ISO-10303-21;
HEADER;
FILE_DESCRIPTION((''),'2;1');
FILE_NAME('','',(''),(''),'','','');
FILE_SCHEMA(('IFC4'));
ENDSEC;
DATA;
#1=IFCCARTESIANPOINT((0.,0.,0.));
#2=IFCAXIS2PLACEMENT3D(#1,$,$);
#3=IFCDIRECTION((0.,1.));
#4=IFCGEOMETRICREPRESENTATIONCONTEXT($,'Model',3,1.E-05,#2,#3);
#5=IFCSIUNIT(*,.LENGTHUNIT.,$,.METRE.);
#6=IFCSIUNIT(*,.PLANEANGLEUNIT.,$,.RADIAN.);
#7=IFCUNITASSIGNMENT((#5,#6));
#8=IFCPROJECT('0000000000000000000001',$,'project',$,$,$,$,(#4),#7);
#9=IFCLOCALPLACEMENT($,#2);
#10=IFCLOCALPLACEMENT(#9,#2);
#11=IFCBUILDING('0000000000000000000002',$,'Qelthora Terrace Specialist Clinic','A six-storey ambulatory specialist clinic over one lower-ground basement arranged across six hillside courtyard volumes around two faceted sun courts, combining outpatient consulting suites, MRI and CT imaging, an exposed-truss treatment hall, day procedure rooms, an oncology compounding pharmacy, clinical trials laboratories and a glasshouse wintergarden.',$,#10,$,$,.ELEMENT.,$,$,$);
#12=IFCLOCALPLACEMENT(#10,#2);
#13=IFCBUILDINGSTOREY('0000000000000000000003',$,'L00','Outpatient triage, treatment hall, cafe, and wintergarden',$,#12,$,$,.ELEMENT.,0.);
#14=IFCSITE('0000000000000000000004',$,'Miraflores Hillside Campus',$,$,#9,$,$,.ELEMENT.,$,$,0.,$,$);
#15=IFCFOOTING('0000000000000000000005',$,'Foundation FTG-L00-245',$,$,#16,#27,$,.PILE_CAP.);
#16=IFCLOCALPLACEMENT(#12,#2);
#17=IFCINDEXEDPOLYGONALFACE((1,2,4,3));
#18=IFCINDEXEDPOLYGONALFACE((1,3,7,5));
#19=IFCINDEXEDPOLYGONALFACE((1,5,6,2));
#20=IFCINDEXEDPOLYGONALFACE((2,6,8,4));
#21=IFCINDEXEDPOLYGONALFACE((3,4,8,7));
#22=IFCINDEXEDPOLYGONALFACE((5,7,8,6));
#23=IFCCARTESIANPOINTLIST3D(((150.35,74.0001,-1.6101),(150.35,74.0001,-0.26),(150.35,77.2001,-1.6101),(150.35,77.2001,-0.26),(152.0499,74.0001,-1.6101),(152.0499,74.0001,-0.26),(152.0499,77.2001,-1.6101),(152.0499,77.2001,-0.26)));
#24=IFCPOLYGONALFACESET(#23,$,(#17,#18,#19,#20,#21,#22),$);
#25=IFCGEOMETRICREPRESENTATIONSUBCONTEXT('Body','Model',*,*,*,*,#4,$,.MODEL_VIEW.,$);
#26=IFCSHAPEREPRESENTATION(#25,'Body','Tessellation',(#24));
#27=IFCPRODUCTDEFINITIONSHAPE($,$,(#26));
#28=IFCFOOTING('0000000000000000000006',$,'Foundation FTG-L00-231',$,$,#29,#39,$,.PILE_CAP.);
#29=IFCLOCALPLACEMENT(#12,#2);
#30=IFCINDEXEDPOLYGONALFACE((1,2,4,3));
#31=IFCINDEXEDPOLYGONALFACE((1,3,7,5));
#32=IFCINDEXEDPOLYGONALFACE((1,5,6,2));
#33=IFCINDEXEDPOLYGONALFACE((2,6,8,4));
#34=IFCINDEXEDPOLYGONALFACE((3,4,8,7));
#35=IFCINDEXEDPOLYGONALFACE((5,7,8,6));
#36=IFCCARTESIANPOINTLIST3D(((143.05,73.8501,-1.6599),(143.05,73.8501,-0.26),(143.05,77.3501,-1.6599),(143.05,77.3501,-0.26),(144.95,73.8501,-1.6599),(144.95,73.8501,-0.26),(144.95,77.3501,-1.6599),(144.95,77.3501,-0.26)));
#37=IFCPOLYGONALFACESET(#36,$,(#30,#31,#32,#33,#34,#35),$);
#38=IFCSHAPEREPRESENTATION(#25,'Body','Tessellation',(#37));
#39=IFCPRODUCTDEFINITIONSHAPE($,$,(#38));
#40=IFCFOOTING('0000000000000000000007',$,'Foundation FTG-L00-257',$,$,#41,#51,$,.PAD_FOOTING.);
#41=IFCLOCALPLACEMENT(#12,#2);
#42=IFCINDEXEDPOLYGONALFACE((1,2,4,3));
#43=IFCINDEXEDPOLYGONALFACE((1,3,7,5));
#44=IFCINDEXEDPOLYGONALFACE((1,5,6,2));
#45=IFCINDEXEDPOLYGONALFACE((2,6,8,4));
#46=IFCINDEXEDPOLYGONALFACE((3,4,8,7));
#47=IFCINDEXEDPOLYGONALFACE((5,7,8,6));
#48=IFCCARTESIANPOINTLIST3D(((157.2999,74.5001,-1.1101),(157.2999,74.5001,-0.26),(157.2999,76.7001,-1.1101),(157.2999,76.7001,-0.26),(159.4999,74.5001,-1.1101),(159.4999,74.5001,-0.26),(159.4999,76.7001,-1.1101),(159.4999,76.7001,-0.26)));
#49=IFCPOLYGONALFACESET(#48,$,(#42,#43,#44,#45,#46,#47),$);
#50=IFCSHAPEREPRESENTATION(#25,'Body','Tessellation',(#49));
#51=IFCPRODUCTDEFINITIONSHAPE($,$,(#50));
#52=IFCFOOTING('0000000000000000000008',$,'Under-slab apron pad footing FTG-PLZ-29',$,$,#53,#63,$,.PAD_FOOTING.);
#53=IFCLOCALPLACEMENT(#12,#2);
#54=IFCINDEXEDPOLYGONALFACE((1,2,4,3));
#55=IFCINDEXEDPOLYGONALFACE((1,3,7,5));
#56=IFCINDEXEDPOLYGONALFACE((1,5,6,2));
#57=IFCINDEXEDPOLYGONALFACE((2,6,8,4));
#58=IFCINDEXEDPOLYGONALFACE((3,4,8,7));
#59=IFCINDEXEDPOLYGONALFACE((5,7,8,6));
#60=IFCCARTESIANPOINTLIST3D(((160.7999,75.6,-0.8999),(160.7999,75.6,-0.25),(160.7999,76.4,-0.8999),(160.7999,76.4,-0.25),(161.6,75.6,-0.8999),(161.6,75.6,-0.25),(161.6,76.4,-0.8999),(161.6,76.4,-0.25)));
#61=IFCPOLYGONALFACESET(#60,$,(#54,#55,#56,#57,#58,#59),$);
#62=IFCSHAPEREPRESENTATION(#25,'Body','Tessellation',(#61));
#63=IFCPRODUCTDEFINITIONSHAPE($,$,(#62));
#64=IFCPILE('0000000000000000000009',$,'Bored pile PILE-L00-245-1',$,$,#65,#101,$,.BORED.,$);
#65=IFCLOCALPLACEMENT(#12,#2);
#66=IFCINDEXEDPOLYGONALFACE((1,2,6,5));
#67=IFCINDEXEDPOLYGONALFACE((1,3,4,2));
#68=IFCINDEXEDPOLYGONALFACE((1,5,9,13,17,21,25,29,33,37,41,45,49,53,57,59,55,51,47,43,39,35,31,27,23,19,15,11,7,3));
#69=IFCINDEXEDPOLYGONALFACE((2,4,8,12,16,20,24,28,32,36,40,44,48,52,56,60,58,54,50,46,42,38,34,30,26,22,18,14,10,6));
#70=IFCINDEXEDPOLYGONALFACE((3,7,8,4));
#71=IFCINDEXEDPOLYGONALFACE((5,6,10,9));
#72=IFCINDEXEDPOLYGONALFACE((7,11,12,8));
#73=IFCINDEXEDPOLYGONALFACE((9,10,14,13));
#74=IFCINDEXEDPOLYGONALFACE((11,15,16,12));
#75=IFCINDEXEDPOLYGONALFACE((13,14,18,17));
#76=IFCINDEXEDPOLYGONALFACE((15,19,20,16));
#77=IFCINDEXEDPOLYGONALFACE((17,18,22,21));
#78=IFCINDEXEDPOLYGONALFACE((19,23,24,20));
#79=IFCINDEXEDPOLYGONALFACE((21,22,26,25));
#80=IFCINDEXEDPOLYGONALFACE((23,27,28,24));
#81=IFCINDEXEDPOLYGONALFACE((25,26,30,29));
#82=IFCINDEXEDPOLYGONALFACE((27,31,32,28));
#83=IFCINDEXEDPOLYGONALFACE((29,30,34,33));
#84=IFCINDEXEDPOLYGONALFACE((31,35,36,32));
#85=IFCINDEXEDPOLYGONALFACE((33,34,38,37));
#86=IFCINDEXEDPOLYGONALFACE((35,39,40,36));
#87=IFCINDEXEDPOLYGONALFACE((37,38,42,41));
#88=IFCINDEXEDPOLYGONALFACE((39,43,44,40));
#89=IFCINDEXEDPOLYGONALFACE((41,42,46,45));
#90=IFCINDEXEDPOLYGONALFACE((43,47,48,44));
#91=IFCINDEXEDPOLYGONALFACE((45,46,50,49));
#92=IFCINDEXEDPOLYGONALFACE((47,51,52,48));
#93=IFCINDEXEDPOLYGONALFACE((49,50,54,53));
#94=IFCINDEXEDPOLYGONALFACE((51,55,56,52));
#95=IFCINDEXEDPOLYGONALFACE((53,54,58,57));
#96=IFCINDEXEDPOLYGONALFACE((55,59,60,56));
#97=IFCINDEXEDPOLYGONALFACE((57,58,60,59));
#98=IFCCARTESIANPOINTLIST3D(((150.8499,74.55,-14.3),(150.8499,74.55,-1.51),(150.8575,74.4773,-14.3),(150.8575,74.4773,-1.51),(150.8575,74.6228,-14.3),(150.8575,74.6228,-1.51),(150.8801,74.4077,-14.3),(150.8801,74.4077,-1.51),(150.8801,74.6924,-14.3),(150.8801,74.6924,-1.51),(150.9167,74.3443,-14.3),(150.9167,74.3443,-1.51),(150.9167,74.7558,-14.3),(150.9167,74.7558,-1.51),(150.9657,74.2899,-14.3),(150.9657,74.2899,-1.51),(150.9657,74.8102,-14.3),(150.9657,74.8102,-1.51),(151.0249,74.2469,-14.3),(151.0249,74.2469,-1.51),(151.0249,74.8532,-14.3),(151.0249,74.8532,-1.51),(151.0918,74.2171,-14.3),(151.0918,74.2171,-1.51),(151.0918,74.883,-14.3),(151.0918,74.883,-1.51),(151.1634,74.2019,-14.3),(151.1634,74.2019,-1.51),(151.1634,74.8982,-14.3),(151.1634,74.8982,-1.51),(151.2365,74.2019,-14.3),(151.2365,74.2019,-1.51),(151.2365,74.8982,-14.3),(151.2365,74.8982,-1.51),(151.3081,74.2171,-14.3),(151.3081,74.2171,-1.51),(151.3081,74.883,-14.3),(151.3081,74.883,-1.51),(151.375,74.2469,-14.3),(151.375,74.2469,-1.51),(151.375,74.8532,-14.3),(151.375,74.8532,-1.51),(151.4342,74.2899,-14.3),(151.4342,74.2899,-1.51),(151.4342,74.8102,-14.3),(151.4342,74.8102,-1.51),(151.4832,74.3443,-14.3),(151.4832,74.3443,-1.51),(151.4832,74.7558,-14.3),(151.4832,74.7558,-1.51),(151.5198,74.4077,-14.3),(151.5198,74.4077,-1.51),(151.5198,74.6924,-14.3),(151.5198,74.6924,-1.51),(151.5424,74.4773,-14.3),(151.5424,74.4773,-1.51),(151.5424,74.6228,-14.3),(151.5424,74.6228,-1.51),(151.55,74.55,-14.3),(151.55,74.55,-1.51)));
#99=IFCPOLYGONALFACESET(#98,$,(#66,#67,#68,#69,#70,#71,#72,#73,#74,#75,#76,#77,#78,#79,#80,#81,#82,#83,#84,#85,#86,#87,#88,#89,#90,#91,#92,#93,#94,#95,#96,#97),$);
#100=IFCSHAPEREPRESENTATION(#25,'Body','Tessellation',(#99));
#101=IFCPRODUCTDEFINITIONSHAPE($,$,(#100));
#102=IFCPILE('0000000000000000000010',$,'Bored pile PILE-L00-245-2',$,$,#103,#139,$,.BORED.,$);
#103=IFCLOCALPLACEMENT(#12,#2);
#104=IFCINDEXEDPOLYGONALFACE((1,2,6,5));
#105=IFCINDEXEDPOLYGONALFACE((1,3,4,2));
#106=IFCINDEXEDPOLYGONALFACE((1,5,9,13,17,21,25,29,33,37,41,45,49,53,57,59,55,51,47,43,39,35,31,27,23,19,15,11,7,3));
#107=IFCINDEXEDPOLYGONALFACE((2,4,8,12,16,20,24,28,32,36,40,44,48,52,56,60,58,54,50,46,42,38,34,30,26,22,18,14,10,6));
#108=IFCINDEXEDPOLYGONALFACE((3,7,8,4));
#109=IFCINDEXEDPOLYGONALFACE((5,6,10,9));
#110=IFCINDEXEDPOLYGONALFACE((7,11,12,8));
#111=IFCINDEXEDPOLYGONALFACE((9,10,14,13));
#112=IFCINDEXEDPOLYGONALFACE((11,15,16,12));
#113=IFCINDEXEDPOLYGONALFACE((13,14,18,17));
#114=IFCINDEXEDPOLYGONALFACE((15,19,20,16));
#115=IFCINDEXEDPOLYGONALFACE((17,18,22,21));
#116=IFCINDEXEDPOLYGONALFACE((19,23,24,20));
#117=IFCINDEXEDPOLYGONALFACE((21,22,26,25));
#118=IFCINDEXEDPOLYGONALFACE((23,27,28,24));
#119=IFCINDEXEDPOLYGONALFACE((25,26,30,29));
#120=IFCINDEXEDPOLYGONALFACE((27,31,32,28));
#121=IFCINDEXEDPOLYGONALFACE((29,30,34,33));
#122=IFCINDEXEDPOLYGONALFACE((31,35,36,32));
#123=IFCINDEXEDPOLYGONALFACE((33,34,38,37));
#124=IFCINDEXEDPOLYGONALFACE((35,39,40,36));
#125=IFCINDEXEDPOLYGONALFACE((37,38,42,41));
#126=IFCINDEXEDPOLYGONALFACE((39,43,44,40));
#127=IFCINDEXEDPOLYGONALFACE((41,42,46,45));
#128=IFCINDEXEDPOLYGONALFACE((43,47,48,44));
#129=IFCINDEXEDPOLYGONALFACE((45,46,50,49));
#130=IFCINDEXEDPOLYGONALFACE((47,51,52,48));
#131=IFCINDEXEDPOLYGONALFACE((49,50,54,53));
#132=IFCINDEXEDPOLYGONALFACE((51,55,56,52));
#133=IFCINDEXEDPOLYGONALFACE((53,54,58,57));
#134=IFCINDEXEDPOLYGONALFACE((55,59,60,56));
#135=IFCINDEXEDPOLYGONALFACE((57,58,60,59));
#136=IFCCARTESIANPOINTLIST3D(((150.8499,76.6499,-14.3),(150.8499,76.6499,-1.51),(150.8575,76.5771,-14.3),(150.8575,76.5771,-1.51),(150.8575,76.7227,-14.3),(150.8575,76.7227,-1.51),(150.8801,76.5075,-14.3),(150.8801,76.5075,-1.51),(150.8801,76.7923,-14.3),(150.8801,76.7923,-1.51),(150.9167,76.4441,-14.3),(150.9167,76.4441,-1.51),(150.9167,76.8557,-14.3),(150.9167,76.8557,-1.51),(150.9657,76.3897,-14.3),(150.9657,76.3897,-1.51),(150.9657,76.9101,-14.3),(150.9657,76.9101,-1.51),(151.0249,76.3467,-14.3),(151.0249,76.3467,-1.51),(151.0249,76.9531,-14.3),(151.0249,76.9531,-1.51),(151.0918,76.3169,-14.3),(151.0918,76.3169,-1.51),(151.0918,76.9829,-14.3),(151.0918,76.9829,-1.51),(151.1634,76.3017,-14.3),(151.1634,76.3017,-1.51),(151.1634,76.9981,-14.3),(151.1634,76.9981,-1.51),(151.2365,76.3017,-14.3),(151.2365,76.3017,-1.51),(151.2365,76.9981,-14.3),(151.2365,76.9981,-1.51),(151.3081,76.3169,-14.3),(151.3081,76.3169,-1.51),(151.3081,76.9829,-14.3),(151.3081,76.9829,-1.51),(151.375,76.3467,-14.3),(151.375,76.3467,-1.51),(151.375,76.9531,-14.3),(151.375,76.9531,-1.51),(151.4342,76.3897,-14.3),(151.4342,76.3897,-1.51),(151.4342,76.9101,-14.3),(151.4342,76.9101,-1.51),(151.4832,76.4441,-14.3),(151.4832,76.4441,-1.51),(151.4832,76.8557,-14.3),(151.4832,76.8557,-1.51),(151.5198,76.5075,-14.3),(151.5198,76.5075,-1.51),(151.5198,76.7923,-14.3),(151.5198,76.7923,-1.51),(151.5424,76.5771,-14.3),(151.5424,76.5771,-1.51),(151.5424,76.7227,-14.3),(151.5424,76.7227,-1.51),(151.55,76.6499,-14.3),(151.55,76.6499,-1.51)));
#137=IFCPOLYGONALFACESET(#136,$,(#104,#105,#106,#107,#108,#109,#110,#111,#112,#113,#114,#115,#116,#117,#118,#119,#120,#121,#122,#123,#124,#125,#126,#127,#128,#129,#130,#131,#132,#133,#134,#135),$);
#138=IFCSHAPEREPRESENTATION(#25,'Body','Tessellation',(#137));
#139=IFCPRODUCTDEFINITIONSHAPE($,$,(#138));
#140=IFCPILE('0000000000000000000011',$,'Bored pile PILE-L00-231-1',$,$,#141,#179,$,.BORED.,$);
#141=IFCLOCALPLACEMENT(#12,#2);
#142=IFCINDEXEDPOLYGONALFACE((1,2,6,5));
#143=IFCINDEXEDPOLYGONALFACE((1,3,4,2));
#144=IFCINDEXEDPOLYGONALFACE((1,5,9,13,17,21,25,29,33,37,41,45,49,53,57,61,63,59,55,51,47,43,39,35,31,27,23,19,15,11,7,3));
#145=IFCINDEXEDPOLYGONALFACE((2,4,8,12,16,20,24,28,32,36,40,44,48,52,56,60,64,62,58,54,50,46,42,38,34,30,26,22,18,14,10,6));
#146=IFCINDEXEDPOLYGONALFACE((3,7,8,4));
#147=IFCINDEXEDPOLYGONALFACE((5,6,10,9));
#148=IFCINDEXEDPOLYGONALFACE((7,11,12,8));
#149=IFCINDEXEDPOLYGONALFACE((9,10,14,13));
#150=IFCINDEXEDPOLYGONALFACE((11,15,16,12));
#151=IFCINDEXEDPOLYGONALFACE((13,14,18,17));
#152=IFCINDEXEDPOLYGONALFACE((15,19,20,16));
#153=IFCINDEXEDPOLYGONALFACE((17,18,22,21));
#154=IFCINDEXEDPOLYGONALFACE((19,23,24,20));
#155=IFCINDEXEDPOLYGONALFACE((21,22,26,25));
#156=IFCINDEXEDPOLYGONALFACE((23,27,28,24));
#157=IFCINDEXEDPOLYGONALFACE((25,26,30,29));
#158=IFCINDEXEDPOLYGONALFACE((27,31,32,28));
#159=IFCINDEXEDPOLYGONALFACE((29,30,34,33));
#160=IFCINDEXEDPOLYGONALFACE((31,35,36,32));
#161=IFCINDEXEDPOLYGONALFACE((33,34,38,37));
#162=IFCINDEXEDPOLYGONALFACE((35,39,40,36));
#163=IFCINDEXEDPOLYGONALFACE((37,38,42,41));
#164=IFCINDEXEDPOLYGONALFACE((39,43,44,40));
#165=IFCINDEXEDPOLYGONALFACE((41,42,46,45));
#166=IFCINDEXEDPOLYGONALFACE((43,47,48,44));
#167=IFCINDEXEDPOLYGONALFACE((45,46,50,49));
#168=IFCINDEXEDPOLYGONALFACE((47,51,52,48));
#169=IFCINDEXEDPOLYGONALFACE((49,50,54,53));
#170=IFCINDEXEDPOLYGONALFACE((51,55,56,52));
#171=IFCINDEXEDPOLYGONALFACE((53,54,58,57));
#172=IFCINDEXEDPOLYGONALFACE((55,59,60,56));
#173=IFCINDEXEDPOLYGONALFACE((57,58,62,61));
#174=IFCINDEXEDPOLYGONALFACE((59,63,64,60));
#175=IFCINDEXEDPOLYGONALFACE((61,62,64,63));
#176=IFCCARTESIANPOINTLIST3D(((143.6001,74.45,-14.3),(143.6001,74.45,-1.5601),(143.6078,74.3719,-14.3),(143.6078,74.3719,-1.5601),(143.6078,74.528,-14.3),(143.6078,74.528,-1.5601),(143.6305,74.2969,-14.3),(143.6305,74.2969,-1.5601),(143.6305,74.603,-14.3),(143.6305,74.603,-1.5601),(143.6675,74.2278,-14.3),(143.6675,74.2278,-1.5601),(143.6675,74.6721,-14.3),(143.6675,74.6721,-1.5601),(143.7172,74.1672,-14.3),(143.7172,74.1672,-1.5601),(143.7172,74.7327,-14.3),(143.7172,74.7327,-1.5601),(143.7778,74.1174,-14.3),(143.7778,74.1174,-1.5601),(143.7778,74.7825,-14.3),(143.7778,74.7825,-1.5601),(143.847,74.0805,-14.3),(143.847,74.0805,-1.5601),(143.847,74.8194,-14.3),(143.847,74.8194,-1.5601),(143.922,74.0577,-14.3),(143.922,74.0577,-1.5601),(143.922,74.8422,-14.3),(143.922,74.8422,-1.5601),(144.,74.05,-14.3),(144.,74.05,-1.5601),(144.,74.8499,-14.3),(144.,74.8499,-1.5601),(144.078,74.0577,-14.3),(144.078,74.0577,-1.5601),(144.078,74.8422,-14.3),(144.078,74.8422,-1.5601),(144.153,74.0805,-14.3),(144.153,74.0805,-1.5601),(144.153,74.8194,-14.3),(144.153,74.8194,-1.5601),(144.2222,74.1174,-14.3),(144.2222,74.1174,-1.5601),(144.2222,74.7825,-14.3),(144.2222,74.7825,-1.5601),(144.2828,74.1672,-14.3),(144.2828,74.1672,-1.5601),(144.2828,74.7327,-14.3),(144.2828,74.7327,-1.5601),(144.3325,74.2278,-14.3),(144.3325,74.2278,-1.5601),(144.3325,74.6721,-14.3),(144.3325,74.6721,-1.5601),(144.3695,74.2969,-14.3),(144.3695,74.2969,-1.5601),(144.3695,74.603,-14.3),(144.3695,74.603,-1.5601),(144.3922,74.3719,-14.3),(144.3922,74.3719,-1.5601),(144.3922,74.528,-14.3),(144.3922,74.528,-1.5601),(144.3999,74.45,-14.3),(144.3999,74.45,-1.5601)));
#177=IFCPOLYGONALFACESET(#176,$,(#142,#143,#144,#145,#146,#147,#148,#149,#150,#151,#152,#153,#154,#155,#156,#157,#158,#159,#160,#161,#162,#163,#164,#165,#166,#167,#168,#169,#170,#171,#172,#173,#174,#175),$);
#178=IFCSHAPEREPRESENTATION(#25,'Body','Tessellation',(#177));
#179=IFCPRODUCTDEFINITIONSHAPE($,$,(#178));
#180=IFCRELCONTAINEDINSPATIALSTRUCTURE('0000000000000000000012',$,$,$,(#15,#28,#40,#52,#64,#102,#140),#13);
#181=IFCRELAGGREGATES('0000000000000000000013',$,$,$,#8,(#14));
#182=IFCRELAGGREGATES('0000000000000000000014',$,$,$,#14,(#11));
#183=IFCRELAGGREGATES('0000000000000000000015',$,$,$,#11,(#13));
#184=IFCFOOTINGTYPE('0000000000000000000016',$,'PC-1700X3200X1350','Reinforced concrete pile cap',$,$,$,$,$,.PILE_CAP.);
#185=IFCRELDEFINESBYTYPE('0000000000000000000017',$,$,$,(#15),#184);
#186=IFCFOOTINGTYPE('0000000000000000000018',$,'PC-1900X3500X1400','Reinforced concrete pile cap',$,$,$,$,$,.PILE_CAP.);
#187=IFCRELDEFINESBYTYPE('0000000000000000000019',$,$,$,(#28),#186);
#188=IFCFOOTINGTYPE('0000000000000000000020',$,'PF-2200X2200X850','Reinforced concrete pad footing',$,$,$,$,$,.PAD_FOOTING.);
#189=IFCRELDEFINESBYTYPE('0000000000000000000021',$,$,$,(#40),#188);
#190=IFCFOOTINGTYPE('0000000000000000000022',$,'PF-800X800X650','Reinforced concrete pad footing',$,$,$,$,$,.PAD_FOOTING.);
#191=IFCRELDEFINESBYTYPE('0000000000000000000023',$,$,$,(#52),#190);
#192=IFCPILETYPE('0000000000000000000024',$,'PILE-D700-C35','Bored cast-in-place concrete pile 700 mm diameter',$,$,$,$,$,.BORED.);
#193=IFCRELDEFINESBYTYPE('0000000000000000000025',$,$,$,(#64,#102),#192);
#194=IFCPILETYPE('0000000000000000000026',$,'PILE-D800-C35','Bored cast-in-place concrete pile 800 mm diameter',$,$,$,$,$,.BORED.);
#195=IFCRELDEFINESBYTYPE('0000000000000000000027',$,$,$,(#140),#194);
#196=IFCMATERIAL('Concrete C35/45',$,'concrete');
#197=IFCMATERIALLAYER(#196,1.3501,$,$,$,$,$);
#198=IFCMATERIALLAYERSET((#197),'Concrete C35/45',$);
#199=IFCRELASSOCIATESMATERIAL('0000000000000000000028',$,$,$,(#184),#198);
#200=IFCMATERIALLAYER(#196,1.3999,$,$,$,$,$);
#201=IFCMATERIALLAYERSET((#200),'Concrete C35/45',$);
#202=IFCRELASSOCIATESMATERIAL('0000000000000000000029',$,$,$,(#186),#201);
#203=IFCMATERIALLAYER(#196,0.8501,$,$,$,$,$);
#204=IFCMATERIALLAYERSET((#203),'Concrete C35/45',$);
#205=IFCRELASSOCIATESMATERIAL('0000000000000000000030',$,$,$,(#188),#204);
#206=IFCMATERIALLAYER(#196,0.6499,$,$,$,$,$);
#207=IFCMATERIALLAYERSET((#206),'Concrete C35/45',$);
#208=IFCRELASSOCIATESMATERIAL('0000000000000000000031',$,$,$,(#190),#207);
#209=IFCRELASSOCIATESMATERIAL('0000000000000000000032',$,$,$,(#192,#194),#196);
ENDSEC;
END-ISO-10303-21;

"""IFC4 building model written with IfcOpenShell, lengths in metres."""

from ifc_helpers import new_model, si_unit, direction, frame, origin, origin_2d, place, context, subcontext, project, spatial, rectangle, circle, extrude, material, layer, layer_set, material_profile, profile_set, type_object, element, save


model = new_model("IFC4")

# Units and contexts
model_context = context("Model", 3, precision=1e-05, world=origin(), true_north=direction((0.0, 1.0)))
body_context = subcontext(model_context, "Body", "Model", "MODEL_VIEW")
ifc_project = project(units=[si_unit("LENGTHUNIT", "METRE"), si_unit("PLANEANGLEUNIT", "RADIAN")], contexts=[model_context])

# Site, building, storey
site_placement = place(None, origin())
site = spatial("IfcSite", under=ifc_project, at=site_placement, Name="Miraflores Hillside Campus", CompositionType="ELEMENT", RefElevation=0.0)
building_placement = place(site_placement, origin())
building = spatial("IfcBuilding", under=site, at=building_placement, Name="Qelthora Terrace Specialist Clinic", Description="A six-storey ambulatory specialist clinic over one lower-ground basement arranged across six hillside courtyard volumes around two faceted sun courts, combining outpatient consulting suites, MRI and CT imaging, an exposed-truss treatment hall, day procedure rooms, an oncology compounding pharmacy, clinical trials laboratories and a glasshouse wintergarden.", CompositionType="ELEMENT")
storey_placement = place(building_placement, origin())
storey = spatial("IfcBuildingStorey", under=building, at=storey_placement, Name="L00", Description="Outpatient triage, treatment hall, cafe, and wintergarden", CompositionType="ELEMENT", Elevation=0.0)

# Footings
ifc_material_1 = material(Name="Concrete C35/45", Category="concrete")
ifc_layer_1 = layer(ifc_material_1, 1.3501)
ifc_layer_set_1 = layer_set([ifc_layer_1], Name="Concrete C35/45")
footing_type_1 = type_object("IfcFootingType", Name="PC-1700X3200X1350", Description="Reinforced concrete pile cap", PredefinedType="PILE_CAP", material=ifc_layer_set_1)
footing_1_placement = place(storey_placement, frame((151.2, 75.6001, -1.6101), z_axis=(0.0, 0.0, 1.0), x_axis=(1.0, 0.0, 0.0)))
element("IfcFooting", 1, at=footing_1_placement, inside=storey, type_object=footing_type_1, Name="Foundation FTG-L00-245", PredefinedType="PILE_CAP", context=body_context, shape_type="SweptSolid", body=[
    extrude(rectangle(XDim=1.7, YDim=3.2, at=origin_2d()), origin(), (0.0, 0.0, 1.0), 1.3501),
])
ifc_layer_2 = layer(ifc_material_1, 1.3999)
ifc_layer_set_2 = layer_set([ifc_layer_2], Name="Concrete C35/45")
footing_type_2 = type_object("IfcFootingType", Name="PC-1900X3500X1400", Description="Reinforced concrete pile cap", PredefinedType="PILE_CAP", material=ifc_layer_set_2)
footing_2_placement = place(storey_placement, frame((144.0, 75.6001, -1.6599), z_axis=(0.0, 0.0, 1.0), x_axis=(1.0, 0.0, 0.0)))
element("IfcFooting", 2, at=footing_2_placement, inside=storey, type_object=footing_type_2, Name="Foundation FTG-L00-231", PredefinedType="PILE_CAP", context=body_context, shape_type="SweptSolid", body=[
    extrude(rectangle(XDim=1.8999, YDim=3.5, at=origin_2d()), origin(), (0.0, 0.0, 1.0), 1.3999),
])
ifc_layer_3 = layer(ifc_material_1, 0.8501)
ifc_layer_set_3 = layer_set([ifc_layer_3], Name="Concrete C35/45")
footing_type_3 = type_object("IfcFootingType", Name="PF-2200X2200X850", Description="Reinforced concrete pad footing", PredefinedType="PAD_FOOTING", material=ifc_layer_set_3)
footing_3_placement = place(storey_placement, frame((158.3999, 75.6001, -1.1101), z_axis=(0.0, 0.0, 1.0), x_axis=(1.0, 0.0, 0.0)))
element("IfcFooting", 3, at=footing_3_placement, inside=storey, type_object=footing_type_3, Name="Foundation FTG-L00-257", PredefinedType="PAD_FOOTING", context=body_context, shape_type="SweptSolid", body=[
    extrude(rectangle(XDim=2.2, YDim=2.2, at=origin_2d()), origin(), (0.0, 0.0, 1.0), 0.8501),
])
ifc_layer_4 = layer(ifc_material_1, 0.6499)
ifc_layer_set_4 = layer_set([ifc_layer_4], Name="Concrete C35/45")
footing_type_4 = type_object("IfcFootingType", Name="PF-800X800X650", Description="Reinforced concrete pad footing", PredefinedType="PAD_FOOTING", material=ifc_layer_set_4)
footing_4_placement = place(storey_placement, frame((161.2, 76.0, -0.8999), z_axis=(0.0, 0.0, 1.0), x_axis=(1.0, 0.0, 0.0)))
element("IfcFooting", 4, at=footing_4_placement, inside=storey, type_object=footing_type_4, Name="Under-slab apron pad footing FTG-PLZ-29", PredefinedType="PAD_FOOTING", context=body_context, shape_type="SweptSolid", body=[
    extrude(rectangle(XDim=0.8, YDim=0.8, at=origin_2d()), origin(), (0.0, 0.0, 1.0), 0.6499),
])

# Piles
ifc_material_profile_1 = material_profile(ifc_material_1, circle(Radius=0.3501, at=origin_2d()), Name="PILE700")
ifc_profile_set_1 = profile_set([ifc_material_profile_1], Name="Concrete C35/45")
pile_type_1 = type_object("IfcPileType", Name="PILE-D700-C35", Description="Bored cast-in-place concrete pile 700 mm diameter", PredefinedType="BORED", material=ifc_profile_set_1)
for number, where, z_axis, x_axis, name in (
    (5, (151.2, 74.55, -1.51), (0.0, 0.0, -1.0), (1.0, 0.0, 0.0), "Bored pile PILE-L00-245-1"),
    (6, (151.2, 76.6499, -1.51), (0.0, 0.0, -1.0), (1.0, 0.0, 0.0), "Bored pile PILE-L00-245-2"),
):
    element("IfcPile", number, at=place(storey_placement, frame(where, z_axis=z_axis, x_axis=x_axis)), inside=storey, type_object=pile_type_1, Name=name, PredefinedType="BORED", context=body_context, shape_type="SweptSolid", body=[
        extrude(circle(Radius=0.3501, at=origin_2d()), origin(), (0.0, 0.0, 1.0), 12.79),
    ])
ifc_material_profile_2 = material_profile(ifc_material_1, circle(Radius=0.3999, at=origin_2d()), Name="PILE800")
ifc_profile_set_2 = profile_set([ifc_material_profile_2], Name="Concrete C35/45")
pile_type_2 = type_object("IfcPileType", Name="PILE-D800-C35", Description="Bored cast-in-place concrete pile 800 mm diameter", PredefinedType="BORED", material=ifc_profile_set_2)
for number, where, z_axis, x_axis, name in (
    (7, (144.0, 74.45, -1.5601), (0.0, 0.0, -1.0), (1.0, 0.0, 0.0), "Bored pile PILE-L00-231-1"),
):
    element("IfcPile", number, at=place(storey_placement, frame(where, z_axis=z_axis, x_axis=x_axis)), inside=storey, type_object=pile_type_2, Name=name, PredefinedType="BORED", context=body_context, shape_type="SweptSolid", body=[
        extrude(circle(Radius=0.3999, at=origin_2d()), origin(), (0.0, 0.0, 1.0), 12.74),
    ])

save(model, "model.ifc")
